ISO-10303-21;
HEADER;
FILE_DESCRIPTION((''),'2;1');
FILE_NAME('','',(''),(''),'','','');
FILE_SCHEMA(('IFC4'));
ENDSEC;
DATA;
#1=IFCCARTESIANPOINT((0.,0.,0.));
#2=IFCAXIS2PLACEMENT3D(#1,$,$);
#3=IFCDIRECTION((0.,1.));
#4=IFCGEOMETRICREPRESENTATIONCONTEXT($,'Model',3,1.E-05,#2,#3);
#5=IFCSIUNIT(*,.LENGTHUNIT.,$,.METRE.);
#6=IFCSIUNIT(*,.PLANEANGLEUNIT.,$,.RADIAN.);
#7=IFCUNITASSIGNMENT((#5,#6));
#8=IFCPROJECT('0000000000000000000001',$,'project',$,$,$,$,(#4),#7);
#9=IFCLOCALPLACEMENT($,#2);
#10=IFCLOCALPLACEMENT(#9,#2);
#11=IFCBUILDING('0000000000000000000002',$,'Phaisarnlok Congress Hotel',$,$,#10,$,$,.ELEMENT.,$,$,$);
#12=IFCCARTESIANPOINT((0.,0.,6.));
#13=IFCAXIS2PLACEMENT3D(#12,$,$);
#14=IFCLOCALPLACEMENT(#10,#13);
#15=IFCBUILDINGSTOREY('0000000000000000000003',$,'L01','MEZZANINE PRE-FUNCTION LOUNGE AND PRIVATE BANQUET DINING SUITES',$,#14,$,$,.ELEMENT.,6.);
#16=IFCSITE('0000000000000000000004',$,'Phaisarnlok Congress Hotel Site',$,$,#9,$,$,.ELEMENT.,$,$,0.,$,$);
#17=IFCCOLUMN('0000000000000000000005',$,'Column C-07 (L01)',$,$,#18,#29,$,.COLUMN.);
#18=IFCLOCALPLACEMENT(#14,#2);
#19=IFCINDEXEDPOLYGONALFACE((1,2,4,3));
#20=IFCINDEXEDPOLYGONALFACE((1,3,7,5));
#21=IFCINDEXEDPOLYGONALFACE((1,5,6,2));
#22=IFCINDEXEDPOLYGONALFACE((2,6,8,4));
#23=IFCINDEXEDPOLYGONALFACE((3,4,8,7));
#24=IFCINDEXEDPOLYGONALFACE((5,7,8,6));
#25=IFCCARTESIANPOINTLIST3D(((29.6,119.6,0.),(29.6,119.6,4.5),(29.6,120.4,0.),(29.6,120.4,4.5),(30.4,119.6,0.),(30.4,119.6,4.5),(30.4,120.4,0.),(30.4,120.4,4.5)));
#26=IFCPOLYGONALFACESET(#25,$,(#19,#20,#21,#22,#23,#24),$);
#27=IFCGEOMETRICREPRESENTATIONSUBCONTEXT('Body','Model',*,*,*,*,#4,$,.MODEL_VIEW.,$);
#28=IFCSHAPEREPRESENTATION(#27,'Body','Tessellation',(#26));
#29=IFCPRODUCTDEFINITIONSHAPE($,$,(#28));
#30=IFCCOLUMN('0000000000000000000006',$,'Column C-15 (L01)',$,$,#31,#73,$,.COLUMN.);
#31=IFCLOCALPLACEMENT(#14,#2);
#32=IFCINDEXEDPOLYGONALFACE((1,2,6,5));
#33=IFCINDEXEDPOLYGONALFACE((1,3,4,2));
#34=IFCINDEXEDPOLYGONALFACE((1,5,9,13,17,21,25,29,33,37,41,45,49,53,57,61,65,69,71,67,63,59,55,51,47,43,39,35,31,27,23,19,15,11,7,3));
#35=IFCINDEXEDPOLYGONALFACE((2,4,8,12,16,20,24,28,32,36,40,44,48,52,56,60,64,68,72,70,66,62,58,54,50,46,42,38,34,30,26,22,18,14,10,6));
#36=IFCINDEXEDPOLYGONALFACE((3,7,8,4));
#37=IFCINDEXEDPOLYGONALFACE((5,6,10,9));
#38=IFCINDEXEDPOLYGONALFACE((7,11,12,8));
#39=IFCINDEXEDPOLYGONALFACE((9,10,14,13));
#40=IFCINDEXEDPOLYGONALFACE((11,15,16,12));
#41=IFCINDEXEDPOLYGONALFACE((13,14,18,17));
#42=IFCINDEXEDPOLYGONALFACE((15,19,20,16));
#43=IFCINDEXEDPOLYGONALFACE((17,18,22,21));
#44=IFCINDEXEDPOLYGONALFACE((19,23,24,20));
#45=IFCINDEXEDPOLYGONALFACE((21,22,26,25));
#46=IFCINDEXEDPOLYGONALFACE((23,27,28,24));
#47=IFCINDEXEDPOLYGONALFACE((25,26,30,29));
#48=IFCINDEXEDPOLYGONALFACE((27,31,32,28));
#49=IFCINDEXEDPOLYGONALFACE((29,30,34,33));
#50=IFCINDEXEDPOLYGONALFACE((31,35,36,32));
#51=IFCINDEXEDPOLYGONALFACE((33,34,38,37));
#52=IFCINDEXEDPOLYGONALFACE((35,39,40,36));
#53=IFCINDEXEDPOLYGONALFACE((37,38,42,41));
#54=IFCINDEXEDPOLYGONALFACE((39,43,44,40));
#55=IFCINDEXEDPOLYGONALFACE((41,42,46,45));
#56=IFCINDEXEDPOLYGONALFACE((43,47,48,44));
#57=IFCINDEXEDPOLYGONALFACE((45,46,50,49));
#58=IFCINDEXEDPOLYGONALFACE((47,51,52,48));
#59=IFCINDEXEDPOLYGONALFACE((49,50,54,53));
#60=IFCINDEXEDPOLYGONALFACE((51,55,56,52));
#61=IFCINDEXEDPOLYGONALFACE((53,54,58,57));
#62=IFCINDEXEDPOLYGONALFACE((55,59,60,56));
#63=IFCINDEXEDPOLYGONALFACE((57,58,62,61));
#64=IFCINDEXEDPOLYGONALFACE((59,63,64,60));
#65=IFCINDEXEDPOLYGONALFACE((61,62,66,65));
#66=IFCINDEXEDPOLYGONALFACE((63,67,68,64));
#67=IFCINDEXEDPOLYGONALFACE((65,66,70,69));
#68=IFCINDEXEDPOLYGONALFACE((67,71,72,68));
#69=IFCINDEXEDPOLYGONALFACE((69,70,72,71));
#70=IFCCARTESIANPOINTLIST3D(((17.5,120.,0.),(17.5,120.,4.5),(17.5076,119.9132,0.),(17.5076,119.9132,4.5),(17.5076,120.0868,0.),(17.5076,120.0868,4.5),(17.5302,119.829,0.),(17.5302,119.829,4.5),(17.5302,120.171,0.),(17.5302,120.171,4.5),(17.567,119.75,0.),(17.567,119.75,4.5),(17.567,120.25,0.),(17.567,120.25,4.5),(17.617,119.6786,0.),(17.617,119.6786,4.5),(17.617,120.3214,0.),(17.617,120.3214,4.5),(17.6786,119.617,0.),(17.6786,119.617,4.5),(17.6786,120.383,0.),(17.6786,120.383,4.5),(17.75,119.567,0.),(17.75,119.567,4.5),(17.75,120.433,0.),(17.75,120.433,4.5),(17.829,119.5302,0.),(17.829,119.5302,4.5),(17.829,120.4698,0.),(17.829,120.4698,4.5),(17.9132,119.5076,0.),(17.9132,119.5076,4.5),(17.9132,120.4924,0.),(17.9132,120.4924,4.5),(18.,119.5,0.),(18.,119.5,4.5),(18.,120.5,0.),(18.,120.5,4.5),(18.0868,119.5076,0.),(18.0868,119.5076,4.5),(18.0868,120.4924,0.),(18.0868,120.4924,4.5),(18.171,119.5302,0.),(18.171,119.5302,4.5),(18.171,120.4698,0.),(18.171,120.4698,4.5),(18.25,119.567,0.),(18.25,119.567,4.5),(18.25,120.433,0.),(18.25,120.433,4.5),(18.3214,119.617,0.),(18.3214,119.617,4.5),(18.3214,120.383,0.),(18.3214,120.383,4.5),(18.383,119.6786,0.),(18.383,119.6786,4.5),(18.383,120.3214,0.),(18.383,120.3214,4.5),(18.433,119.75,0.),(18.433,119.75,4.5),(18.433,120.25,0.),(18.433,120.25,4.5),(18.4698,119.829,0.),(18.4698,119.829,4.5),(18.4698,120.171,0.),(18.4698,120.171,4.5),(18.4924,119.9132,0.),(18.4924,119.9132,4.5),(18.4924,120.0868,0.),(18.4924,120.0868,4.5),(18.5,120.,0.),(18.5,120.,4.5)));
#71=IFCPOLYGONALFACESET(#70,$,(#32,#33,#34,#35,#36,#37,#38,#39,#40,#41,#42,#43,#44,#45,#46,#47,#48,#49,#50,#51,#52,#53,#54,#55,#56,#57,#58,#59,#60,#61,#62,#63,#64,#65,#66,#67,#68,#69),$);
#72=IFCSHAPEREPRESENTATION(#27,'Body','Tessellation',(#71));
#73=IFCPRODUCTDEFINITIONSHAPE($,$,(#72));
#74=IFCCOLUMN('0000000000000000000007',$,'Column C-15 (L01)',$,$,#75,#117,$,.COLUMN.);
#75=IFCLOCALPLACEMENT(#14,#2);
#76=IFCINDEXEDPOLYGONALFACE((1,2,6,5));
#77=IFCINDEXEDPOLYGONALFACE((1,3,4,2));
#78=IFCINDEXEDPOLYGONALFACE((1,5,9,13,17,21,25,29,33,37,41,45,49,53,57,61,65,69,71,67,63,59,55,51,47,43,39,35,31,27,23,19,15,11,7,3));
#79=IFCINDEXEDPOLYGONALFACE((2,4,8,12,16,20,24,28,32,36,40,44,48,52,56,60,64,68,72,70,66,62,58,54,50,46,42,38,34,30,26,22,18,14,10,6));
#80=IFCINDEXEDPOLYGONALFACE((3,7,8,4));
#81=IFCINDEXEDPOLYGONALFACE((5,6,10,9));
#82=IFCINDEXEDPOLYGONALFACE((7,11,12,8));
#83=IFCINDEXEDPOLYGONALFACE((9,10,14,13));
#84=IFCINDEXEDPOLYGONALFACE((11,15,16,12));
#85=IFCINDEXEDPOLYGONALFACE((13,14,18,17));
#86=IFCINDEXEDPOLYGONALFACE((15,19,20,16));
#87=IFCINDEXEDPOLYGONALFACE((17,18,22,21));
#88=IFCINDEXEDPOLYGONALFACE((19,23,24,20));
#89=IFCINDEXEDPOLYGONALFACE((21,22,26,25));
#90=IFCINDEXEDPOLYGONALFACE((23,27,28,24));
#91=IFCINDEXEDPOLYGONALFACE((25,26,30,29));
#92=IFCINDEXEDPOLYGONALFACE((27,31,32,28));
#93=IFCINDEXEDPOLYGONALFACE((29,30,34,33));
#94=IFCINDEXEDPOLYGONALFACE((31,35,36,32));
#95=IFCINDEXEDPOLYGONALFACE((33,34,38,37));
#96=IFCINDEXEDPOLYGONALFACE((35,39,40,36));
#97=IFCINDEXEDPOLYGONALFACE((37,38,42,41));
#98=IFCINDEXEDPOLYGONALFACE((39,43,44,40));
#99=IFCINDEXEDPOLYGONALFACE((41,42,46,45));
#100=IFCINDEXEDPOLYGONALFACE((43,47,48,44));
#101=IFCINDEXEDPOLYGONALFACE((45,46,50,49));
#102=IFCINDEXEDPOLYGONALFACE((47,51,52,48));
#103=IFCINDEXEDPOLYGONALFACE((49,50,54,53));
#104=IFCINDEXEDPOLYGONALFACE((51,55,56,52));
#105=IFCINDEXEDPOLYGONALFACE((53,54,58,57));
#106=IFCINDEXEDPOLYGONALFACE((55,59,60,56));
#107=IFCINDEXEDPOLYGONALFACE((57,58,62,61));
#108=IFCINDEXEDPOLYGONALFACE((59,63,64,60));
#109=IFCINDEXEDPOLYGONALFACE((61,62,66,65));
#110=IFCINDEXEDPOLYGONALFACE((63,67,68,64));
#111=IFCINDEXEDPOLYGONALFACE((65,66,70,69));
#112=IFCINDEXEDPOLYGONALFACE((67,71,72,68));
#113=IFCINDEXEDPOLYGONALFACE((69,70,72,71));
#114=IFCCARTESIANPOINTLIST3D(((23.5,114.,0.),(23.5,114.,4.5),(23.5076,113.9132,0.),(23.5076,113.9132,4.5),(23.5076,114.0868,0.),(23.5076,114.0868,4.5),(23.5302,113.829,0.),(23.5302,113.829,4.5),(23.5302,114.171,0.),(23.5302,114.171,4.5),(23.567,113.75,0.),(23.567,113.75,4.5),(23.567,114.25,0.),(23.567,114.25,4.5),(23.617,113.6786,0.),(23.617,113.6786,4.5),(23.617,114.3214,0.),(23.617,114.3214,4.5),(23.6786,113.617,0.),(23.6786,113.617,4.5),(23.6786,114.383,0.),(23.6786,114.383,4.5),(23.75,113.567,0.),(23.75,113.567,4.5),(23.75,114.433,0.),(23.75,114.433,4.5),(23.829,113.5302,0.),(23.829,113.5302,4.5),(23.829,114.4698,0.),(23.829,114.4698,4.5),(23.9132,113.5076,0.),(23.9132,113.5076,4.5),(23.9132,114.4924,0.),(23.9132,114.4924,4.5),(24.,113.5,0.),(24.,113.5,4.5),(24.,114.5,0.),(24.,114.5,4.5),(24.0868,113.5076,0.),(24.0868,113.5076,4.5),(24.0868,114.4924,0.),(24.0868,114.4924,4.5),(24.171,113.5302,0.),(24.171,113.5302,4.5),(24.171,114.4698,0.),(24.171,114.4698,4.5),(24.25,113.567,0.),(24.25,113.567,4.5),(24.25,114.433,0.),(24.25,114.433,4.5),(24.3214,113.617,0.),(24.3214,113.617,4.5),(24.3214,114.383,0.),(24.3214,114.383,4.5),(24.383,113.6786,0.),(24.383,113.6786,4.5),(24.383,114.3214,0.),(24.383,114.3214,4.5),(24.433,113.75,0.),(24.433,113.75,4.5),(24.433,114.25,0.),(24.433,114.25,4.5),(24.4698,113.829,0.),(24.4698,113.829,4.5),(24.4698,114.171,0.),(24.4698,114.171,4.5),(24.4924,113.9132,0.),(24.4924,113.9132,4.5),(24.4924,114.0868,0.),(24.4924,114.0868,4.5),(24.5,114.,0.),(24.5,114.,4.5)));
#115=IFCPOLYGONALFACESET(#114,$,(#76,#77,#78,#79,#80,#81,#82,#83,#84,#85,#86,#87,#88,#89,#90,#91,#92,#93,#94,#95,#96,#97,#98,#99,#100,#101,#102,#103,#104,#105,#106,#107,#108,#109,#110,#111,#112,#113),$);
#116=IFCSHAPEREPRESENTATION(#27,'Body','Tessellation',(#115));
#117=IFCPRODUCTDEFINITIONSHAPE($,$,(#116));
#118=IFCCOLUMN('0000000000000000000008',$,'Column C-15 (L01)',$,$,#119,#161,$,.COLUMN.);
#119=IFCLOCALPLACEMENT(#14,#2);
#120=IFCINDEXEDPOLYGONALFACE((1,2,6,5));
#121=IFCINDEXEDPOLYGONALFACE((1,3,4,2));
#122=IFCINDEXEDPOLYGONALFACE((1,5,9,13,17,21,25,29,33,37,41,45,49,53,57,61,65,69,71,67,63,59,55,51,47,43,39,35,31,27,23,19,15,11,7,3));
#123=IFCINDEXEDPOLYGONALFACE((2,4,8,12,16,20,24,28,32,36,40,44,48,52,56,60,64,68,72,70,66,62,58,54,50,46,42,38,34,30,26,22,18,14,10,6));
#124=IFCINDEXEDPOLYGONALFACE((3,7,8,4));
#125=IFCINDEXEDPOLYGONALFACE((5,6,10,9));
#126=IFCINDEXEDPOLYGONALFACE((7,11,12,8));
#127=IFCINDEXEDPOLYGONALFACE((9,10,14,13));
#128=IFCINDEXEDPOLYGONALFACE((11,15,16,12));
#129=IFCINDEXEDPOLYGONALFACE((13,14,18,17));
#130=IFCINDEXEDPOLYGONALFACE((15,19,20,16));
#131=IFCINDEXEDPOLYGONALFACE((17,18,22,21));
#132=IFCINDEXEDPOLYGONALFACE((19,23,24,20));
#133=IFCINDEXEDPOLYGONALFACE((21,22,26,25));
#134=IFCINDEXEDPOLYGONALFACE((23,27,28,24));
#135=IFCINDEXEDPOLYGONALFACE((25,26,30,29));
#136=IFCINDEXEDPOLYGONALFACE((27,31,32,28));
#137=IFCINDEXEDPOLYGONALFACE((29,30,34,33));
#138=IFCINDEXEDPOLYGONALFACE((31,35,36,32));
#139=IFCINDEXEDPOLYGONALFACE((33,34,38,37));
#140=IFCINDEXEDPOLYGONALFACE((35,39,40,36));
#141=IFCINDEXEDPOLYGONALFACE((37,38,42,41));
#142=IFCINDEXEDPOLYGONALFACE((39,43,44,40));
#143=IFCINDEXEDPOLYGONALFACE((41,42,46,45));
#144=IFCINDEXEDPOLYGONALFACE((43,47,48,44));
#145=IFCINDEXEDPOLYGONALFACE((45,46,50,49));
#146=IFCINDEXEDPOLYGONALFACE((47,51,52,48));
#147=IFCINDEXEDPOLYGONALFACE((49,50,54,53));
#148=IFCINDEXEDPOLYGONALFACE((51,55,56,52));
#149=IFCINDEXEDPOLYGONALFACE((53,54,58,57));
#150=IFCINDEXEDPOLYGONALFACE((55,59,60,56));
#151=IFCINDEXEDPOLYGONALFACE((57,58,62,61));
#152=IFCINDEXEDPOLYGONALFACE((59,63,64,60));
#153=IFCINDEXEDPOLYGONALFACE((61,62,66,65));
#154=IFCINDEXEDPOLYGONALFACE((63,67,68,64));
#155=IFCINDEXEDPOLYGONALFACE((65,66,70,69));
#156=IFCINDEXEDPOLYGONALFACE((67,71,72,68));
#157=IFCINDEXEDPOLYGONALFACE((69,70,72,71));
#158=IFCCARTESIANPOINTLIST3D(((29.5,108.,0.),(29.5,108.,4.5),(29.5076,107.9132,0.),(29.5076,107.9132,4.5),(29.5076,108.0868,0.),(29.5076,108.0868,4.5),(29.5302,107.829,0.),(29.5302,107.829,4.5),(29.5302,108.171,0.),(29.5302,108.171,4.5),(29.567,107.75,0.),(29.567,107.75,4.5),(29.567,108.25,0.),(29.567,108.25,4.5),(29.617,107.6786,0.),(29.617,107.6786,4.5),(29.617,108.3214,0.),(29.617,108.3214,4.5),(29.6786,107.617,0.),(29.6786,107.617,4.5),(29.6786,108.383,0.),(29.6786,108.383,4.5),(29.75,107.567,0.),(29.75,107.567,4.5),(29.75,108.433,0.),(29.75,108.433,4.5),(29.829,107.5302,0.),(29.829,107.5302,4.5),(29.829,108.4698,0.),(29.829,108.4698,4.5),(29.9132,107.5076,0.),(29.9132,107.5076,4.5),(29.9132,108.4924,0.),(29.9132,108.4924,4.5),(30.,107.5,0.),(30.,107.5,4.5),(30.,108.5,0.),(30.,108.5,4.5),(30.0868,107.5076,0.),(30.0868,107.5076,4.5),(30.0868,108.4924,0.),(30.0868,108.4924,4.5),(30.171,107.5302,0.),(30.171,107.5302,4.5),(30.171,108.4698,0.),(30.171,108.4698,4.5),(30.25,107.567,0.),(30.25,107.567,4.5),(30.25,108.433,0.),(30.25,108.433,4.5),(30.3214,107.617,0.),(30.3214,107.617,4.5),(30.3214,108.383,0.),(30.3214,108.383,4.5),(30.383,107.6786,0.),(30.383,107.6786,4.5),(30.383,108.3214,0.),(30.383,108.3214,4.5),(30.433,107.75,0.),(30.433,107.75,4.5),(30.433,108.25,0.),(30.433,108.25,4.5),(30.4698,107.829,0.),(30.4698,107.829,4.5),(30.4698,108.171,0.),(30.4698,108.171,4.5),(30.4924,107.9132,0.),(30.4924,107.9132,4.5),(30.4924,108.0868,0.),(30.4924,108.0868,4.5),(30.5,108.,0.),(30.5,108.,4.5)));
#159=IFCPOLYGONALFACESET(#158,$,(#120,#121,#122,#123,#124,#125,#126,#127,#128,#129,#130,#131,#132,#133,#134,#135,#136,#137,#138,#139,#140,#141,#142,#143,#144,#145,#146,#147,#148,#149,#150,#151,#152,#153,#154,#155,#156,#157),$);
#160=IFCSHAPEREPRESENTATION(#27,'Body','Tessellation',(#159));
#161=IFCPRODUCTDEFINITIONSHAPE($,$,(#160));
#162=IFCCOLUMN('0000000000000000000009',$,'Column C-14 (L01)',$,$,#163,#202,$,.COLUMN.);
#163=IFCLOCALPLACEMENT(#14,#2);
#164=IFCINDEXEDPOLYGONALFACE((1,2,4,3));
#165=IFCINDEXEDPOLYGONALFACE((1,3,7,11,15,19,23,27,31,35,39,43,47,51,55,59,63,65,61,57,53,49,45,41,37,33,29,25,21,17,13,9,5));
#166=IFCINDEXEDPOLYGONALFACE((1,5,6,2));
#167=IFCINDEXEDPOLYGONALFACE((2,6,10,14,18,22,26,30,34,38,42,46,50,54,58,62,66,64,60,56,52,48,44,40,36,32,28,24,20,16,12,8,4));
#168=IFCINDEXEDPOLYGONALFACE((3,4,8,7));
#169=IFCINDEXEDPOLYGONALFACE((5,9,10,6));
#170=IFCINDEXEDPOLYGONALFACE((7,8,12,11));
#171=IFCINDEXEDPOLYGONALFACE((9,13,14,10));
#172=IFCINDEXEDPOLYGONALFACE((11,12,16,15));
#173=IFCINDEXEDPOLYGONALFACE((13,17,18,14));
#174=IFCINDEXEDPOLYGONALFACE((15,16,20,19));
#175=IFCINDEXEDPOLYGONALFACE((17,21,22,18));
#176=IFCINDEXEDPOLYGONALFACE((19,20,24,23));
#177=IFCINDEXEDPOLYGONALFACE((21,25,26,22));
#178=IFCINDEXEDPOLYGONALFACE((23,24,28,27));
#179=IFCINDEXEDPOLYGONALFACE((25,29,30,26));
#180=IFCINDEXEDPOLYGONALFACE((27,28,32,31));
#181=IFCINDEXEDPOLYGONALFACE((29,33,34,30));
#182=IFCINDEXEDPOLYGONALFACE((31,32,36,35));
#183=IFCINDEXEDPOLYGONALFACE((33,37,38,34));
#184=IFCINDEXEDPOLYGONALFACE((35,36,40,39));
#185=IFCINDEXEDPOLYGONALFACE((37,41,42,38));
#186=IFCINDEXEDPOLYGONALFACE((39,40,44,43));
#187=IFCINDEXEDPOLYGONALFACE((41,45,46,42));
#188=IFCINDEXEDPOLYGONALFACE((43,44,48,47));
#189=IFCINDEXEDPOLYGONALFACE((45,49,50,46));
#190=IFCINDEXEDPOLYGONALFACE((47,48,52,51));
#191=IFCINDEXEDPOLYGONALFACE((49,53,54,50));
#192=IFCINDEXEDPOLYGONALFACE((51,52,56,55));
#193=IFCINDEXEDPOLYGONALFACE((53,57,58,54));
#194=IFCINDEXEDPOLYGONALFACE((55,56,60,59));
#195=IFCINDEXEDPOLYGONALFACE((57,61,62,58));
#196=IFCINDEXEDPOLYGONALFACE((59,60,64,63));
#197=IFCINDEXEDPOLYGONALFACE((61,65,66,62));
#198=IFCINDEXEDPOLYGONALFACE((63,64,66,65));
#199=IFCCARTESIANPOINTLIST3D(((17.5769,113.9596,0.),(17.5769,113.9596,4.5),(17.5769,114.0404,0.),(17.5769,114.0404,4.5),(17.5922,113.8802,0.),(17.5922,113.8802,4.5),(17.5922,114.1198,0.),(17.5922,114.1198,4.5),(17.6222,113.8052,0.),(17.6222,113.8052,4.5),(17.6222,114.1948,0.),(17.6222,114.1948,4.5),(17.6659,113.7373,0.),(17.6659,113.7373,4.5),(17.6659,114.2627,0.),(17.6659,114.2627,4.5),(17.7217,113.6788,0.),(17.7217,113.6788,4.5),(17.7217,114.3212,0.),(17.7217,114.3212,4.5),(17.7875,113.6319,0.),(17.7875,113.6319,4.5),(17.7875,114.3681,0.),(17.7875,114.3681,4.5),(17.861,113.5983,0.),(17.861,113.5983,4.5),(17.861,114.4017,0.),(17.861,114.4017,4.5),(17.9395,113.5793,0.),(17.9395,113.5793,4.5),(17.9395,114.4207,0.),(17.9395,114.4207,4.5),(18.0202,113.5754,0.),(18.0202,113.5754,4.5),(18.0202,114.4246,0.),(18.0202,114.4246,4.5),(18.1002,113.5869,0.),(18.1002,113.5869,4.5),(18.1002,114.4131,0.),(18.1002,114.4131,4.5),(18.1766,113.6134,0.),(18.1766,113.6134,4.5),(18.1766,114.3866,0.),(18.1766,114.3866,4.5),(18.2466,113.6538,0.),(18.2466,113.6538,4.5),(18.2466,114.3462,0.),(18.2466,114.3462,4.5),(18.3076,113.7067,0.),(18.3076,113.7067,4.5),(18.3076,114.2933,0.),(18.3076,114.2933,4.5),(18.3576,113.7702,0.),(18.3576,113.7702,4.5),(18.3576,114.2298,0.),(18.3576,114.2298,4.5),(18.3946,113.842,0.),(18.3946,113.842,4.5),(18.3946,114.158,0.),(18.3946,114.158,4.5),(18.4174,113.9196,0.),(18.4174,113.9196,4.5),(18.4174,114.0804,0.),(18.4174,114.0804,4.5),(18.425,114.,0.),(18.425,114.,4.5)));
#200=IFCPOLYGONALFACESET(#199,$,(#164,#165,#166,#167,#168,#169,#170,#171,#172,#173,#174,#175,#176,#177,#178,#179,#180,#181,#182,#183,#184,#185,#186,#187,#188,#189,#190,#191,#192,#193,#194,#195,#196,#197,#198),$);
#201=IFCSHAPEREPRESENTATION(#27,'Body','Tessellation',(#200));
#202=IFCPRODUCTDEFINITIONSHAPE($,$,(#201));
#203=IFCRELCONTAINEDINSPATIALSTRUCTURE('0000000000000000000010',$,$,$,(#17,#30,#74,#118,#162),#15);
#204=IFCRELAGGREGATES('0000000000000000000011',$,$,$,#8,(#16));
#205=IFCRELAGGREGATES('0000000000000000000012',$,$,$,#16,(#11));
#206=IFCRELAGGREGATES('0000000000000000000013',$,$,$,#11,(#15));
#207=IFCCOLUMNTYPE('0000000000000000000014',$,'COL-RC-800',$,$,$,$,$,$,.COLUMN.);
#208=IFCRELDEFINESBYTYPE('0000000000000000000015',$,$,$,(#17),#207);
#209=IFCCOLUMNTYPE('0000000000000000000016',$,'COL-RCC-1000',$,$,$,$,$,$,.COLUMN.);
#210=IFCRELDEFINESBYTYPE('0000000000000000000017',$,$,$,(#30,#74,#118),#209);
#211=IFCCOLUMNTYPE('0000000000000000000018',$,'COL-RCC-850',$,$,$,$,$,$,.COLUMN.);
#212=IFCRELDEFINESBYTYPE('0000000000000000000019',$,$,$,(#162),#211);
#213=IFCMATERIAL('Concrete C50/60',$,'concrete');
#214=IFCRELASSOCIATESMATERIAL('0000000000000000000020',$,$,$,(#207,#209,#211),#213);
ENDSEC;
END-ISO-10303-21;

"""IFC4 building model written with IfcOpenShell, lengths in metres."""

from ifc_helpers import new_model, si_unit, direction, frame, origin, origin_2d, place, context, subcontext, project, spatial, rectangle, circle, extrude, material, material_profile, profile_set, type_object, element, save


model = new_model("IFC4")

# Units and contexts
model_context = context("Model", 3, precision=1e-05, world=origin(), true_north=direction((0.0, 1.0)))
body_context = subcontext(model_context, "Body", "Model", "MODEL_VIEW")
ifc_project = project(units=[si_unit("LENGTHUNIT", "METRE"), si_unit("PLANEANGLEUNIT", "RADIAN")], contexts=[model_context])

# Site, building, storey
site_placement = place(None, origin())
site = spatial("IfcSite", under=ifc_project, at=site_placement, Name="Phaisarnlok Congress Hotel Site", CompositionType="ELEMENT", RefElevation=0.0)
building_placement = place(site_placement, origin())
building = spatial("IfcBuilding", under=site, at=building_placement, Name="Phaisarnlok Congress Hotel", CompositionType="ELEMENT")
storey_placement = place(building_placement, frame((0.0, 0.0, 6.0)))
storey = spatial("IfcBuildingStorey", under=building, at=storey_placement, Name="L01", Description="MEZZANINE PRE-FUNCTION LOUNGE AND PRIVATE BANQUET DINING SUITES", CompositionType="ELEMENT", Elevation=6.0)

# Columns
ifc_material_1 = material(Name="Concrete C50/60", Category="concrete")
ifc_material_profile_1 = material_profile(ifc_material_1, rectangle(XDim=0.8, YDim=0.8, at=origin_2d()), Name="RC 800x800")
ifc_profile_set_1 = profile_set([ifc_material_profile_1], Name="Concrete C50/60")
column_type_1 = type_object("IfcColumnType", Name="COL-RC-800", PredefinedType="COLUMN", material=ifc_profile_set_1)
column_1_placement = place(storey_placement, frame((30.0, 120.0, 0.0), z_axis=(0.0, 0.0, 1.0), x_axis=(1.0, 0.0, 0.0)))
element("IfcColumn", 1, at=column_1_placement, inside=storey, type_object=column_type_1, Name="Column C-07 (L01)", PredefinedType="COLUMN", context=body_context, shape_type="SweptSolid", body=[
    extrude(rectangle(XDim=0.8, YDim=0.8, at=origin_2d()), origin(), (0.0, 0.0, 1.0), 4.5),
])
ifc_material_profile_2 = material_profile(ifc_material_1, circle(Radius=0.5, at=origin_2d()), Name="RCC D1000")
ifc_profile_set_2 = profile_set([ifc_material_profile_2], Name="Concrete C50/60")
column_type_2 = type_object("IfcColumnType", Name="COL-RCC-1000", PredefinedType="COLUMN", material=ifc_profile_set_2)
for number, where, z_axis, x_axis, name in (
    (2, (18.0, 120.0, 0.0), (0.0, 0.0, 1.0), (1.0, 0.0, 0.0), "Column C-15 (L01)"),
    (3, (24.0, 114.0, 0.0), (0.0, 0.0, 1.0), (1.0, 0.0, 0.0), "Column C-15 (L01)"),
    (4, (30.0, 108.0, 0.0), (0.0, 0.0, 1.0), (1.0, 0.0, 0.0), "Column C-15 (L01)"),
):
    element("IfcColumn", number, at=place(storey_placement, frame(where, z_axis=z_axis, x_axis=x_axis)), inside=storey, type_object=column_type_2, Name=name, PredefinedType="COLUMN", context=body_context, shape_type="SweptSolid", body=[
        extrude(circle(Radius=0.5, at=origin_2d()), origin(), (0.0, 0.0, 1.0), 4.5),
    ])
ifc_material_profile_3 = material_profile(ifc_material_1, circle(Radius=0.425, at=origin_2d()), Name="RCC D850")
ifc_profile_set_3 = profile_set([ifc_material_profile_3], Name="Concrete C50/60")
column_type_3 = type_object("IfcColumnType", Name="COL-RCC-850", PredefinedType="COLUMN", material=ifc_profile_set_3)
column_2_placement = place(storey_placement, frame((18.0, 114.0, 0.0), z_axis=(0.0, 0.0, 1.0), x_axis=(1.0, 0.0, 0.0)))
element("IfcColumn", 5, at=column_2_placement, inside=storey, type_object=column_type_3, Name="Column C-14 (L01)", PredefinedType="COLUMN", context=body_context, shape_type="SweptSolid", body=[
    extrude(circle(Radius=0.425, at=origin_2d()), origin(), (0.0, 0.0, 1.0), 4.5),
])

save(model, "model.ifc")
